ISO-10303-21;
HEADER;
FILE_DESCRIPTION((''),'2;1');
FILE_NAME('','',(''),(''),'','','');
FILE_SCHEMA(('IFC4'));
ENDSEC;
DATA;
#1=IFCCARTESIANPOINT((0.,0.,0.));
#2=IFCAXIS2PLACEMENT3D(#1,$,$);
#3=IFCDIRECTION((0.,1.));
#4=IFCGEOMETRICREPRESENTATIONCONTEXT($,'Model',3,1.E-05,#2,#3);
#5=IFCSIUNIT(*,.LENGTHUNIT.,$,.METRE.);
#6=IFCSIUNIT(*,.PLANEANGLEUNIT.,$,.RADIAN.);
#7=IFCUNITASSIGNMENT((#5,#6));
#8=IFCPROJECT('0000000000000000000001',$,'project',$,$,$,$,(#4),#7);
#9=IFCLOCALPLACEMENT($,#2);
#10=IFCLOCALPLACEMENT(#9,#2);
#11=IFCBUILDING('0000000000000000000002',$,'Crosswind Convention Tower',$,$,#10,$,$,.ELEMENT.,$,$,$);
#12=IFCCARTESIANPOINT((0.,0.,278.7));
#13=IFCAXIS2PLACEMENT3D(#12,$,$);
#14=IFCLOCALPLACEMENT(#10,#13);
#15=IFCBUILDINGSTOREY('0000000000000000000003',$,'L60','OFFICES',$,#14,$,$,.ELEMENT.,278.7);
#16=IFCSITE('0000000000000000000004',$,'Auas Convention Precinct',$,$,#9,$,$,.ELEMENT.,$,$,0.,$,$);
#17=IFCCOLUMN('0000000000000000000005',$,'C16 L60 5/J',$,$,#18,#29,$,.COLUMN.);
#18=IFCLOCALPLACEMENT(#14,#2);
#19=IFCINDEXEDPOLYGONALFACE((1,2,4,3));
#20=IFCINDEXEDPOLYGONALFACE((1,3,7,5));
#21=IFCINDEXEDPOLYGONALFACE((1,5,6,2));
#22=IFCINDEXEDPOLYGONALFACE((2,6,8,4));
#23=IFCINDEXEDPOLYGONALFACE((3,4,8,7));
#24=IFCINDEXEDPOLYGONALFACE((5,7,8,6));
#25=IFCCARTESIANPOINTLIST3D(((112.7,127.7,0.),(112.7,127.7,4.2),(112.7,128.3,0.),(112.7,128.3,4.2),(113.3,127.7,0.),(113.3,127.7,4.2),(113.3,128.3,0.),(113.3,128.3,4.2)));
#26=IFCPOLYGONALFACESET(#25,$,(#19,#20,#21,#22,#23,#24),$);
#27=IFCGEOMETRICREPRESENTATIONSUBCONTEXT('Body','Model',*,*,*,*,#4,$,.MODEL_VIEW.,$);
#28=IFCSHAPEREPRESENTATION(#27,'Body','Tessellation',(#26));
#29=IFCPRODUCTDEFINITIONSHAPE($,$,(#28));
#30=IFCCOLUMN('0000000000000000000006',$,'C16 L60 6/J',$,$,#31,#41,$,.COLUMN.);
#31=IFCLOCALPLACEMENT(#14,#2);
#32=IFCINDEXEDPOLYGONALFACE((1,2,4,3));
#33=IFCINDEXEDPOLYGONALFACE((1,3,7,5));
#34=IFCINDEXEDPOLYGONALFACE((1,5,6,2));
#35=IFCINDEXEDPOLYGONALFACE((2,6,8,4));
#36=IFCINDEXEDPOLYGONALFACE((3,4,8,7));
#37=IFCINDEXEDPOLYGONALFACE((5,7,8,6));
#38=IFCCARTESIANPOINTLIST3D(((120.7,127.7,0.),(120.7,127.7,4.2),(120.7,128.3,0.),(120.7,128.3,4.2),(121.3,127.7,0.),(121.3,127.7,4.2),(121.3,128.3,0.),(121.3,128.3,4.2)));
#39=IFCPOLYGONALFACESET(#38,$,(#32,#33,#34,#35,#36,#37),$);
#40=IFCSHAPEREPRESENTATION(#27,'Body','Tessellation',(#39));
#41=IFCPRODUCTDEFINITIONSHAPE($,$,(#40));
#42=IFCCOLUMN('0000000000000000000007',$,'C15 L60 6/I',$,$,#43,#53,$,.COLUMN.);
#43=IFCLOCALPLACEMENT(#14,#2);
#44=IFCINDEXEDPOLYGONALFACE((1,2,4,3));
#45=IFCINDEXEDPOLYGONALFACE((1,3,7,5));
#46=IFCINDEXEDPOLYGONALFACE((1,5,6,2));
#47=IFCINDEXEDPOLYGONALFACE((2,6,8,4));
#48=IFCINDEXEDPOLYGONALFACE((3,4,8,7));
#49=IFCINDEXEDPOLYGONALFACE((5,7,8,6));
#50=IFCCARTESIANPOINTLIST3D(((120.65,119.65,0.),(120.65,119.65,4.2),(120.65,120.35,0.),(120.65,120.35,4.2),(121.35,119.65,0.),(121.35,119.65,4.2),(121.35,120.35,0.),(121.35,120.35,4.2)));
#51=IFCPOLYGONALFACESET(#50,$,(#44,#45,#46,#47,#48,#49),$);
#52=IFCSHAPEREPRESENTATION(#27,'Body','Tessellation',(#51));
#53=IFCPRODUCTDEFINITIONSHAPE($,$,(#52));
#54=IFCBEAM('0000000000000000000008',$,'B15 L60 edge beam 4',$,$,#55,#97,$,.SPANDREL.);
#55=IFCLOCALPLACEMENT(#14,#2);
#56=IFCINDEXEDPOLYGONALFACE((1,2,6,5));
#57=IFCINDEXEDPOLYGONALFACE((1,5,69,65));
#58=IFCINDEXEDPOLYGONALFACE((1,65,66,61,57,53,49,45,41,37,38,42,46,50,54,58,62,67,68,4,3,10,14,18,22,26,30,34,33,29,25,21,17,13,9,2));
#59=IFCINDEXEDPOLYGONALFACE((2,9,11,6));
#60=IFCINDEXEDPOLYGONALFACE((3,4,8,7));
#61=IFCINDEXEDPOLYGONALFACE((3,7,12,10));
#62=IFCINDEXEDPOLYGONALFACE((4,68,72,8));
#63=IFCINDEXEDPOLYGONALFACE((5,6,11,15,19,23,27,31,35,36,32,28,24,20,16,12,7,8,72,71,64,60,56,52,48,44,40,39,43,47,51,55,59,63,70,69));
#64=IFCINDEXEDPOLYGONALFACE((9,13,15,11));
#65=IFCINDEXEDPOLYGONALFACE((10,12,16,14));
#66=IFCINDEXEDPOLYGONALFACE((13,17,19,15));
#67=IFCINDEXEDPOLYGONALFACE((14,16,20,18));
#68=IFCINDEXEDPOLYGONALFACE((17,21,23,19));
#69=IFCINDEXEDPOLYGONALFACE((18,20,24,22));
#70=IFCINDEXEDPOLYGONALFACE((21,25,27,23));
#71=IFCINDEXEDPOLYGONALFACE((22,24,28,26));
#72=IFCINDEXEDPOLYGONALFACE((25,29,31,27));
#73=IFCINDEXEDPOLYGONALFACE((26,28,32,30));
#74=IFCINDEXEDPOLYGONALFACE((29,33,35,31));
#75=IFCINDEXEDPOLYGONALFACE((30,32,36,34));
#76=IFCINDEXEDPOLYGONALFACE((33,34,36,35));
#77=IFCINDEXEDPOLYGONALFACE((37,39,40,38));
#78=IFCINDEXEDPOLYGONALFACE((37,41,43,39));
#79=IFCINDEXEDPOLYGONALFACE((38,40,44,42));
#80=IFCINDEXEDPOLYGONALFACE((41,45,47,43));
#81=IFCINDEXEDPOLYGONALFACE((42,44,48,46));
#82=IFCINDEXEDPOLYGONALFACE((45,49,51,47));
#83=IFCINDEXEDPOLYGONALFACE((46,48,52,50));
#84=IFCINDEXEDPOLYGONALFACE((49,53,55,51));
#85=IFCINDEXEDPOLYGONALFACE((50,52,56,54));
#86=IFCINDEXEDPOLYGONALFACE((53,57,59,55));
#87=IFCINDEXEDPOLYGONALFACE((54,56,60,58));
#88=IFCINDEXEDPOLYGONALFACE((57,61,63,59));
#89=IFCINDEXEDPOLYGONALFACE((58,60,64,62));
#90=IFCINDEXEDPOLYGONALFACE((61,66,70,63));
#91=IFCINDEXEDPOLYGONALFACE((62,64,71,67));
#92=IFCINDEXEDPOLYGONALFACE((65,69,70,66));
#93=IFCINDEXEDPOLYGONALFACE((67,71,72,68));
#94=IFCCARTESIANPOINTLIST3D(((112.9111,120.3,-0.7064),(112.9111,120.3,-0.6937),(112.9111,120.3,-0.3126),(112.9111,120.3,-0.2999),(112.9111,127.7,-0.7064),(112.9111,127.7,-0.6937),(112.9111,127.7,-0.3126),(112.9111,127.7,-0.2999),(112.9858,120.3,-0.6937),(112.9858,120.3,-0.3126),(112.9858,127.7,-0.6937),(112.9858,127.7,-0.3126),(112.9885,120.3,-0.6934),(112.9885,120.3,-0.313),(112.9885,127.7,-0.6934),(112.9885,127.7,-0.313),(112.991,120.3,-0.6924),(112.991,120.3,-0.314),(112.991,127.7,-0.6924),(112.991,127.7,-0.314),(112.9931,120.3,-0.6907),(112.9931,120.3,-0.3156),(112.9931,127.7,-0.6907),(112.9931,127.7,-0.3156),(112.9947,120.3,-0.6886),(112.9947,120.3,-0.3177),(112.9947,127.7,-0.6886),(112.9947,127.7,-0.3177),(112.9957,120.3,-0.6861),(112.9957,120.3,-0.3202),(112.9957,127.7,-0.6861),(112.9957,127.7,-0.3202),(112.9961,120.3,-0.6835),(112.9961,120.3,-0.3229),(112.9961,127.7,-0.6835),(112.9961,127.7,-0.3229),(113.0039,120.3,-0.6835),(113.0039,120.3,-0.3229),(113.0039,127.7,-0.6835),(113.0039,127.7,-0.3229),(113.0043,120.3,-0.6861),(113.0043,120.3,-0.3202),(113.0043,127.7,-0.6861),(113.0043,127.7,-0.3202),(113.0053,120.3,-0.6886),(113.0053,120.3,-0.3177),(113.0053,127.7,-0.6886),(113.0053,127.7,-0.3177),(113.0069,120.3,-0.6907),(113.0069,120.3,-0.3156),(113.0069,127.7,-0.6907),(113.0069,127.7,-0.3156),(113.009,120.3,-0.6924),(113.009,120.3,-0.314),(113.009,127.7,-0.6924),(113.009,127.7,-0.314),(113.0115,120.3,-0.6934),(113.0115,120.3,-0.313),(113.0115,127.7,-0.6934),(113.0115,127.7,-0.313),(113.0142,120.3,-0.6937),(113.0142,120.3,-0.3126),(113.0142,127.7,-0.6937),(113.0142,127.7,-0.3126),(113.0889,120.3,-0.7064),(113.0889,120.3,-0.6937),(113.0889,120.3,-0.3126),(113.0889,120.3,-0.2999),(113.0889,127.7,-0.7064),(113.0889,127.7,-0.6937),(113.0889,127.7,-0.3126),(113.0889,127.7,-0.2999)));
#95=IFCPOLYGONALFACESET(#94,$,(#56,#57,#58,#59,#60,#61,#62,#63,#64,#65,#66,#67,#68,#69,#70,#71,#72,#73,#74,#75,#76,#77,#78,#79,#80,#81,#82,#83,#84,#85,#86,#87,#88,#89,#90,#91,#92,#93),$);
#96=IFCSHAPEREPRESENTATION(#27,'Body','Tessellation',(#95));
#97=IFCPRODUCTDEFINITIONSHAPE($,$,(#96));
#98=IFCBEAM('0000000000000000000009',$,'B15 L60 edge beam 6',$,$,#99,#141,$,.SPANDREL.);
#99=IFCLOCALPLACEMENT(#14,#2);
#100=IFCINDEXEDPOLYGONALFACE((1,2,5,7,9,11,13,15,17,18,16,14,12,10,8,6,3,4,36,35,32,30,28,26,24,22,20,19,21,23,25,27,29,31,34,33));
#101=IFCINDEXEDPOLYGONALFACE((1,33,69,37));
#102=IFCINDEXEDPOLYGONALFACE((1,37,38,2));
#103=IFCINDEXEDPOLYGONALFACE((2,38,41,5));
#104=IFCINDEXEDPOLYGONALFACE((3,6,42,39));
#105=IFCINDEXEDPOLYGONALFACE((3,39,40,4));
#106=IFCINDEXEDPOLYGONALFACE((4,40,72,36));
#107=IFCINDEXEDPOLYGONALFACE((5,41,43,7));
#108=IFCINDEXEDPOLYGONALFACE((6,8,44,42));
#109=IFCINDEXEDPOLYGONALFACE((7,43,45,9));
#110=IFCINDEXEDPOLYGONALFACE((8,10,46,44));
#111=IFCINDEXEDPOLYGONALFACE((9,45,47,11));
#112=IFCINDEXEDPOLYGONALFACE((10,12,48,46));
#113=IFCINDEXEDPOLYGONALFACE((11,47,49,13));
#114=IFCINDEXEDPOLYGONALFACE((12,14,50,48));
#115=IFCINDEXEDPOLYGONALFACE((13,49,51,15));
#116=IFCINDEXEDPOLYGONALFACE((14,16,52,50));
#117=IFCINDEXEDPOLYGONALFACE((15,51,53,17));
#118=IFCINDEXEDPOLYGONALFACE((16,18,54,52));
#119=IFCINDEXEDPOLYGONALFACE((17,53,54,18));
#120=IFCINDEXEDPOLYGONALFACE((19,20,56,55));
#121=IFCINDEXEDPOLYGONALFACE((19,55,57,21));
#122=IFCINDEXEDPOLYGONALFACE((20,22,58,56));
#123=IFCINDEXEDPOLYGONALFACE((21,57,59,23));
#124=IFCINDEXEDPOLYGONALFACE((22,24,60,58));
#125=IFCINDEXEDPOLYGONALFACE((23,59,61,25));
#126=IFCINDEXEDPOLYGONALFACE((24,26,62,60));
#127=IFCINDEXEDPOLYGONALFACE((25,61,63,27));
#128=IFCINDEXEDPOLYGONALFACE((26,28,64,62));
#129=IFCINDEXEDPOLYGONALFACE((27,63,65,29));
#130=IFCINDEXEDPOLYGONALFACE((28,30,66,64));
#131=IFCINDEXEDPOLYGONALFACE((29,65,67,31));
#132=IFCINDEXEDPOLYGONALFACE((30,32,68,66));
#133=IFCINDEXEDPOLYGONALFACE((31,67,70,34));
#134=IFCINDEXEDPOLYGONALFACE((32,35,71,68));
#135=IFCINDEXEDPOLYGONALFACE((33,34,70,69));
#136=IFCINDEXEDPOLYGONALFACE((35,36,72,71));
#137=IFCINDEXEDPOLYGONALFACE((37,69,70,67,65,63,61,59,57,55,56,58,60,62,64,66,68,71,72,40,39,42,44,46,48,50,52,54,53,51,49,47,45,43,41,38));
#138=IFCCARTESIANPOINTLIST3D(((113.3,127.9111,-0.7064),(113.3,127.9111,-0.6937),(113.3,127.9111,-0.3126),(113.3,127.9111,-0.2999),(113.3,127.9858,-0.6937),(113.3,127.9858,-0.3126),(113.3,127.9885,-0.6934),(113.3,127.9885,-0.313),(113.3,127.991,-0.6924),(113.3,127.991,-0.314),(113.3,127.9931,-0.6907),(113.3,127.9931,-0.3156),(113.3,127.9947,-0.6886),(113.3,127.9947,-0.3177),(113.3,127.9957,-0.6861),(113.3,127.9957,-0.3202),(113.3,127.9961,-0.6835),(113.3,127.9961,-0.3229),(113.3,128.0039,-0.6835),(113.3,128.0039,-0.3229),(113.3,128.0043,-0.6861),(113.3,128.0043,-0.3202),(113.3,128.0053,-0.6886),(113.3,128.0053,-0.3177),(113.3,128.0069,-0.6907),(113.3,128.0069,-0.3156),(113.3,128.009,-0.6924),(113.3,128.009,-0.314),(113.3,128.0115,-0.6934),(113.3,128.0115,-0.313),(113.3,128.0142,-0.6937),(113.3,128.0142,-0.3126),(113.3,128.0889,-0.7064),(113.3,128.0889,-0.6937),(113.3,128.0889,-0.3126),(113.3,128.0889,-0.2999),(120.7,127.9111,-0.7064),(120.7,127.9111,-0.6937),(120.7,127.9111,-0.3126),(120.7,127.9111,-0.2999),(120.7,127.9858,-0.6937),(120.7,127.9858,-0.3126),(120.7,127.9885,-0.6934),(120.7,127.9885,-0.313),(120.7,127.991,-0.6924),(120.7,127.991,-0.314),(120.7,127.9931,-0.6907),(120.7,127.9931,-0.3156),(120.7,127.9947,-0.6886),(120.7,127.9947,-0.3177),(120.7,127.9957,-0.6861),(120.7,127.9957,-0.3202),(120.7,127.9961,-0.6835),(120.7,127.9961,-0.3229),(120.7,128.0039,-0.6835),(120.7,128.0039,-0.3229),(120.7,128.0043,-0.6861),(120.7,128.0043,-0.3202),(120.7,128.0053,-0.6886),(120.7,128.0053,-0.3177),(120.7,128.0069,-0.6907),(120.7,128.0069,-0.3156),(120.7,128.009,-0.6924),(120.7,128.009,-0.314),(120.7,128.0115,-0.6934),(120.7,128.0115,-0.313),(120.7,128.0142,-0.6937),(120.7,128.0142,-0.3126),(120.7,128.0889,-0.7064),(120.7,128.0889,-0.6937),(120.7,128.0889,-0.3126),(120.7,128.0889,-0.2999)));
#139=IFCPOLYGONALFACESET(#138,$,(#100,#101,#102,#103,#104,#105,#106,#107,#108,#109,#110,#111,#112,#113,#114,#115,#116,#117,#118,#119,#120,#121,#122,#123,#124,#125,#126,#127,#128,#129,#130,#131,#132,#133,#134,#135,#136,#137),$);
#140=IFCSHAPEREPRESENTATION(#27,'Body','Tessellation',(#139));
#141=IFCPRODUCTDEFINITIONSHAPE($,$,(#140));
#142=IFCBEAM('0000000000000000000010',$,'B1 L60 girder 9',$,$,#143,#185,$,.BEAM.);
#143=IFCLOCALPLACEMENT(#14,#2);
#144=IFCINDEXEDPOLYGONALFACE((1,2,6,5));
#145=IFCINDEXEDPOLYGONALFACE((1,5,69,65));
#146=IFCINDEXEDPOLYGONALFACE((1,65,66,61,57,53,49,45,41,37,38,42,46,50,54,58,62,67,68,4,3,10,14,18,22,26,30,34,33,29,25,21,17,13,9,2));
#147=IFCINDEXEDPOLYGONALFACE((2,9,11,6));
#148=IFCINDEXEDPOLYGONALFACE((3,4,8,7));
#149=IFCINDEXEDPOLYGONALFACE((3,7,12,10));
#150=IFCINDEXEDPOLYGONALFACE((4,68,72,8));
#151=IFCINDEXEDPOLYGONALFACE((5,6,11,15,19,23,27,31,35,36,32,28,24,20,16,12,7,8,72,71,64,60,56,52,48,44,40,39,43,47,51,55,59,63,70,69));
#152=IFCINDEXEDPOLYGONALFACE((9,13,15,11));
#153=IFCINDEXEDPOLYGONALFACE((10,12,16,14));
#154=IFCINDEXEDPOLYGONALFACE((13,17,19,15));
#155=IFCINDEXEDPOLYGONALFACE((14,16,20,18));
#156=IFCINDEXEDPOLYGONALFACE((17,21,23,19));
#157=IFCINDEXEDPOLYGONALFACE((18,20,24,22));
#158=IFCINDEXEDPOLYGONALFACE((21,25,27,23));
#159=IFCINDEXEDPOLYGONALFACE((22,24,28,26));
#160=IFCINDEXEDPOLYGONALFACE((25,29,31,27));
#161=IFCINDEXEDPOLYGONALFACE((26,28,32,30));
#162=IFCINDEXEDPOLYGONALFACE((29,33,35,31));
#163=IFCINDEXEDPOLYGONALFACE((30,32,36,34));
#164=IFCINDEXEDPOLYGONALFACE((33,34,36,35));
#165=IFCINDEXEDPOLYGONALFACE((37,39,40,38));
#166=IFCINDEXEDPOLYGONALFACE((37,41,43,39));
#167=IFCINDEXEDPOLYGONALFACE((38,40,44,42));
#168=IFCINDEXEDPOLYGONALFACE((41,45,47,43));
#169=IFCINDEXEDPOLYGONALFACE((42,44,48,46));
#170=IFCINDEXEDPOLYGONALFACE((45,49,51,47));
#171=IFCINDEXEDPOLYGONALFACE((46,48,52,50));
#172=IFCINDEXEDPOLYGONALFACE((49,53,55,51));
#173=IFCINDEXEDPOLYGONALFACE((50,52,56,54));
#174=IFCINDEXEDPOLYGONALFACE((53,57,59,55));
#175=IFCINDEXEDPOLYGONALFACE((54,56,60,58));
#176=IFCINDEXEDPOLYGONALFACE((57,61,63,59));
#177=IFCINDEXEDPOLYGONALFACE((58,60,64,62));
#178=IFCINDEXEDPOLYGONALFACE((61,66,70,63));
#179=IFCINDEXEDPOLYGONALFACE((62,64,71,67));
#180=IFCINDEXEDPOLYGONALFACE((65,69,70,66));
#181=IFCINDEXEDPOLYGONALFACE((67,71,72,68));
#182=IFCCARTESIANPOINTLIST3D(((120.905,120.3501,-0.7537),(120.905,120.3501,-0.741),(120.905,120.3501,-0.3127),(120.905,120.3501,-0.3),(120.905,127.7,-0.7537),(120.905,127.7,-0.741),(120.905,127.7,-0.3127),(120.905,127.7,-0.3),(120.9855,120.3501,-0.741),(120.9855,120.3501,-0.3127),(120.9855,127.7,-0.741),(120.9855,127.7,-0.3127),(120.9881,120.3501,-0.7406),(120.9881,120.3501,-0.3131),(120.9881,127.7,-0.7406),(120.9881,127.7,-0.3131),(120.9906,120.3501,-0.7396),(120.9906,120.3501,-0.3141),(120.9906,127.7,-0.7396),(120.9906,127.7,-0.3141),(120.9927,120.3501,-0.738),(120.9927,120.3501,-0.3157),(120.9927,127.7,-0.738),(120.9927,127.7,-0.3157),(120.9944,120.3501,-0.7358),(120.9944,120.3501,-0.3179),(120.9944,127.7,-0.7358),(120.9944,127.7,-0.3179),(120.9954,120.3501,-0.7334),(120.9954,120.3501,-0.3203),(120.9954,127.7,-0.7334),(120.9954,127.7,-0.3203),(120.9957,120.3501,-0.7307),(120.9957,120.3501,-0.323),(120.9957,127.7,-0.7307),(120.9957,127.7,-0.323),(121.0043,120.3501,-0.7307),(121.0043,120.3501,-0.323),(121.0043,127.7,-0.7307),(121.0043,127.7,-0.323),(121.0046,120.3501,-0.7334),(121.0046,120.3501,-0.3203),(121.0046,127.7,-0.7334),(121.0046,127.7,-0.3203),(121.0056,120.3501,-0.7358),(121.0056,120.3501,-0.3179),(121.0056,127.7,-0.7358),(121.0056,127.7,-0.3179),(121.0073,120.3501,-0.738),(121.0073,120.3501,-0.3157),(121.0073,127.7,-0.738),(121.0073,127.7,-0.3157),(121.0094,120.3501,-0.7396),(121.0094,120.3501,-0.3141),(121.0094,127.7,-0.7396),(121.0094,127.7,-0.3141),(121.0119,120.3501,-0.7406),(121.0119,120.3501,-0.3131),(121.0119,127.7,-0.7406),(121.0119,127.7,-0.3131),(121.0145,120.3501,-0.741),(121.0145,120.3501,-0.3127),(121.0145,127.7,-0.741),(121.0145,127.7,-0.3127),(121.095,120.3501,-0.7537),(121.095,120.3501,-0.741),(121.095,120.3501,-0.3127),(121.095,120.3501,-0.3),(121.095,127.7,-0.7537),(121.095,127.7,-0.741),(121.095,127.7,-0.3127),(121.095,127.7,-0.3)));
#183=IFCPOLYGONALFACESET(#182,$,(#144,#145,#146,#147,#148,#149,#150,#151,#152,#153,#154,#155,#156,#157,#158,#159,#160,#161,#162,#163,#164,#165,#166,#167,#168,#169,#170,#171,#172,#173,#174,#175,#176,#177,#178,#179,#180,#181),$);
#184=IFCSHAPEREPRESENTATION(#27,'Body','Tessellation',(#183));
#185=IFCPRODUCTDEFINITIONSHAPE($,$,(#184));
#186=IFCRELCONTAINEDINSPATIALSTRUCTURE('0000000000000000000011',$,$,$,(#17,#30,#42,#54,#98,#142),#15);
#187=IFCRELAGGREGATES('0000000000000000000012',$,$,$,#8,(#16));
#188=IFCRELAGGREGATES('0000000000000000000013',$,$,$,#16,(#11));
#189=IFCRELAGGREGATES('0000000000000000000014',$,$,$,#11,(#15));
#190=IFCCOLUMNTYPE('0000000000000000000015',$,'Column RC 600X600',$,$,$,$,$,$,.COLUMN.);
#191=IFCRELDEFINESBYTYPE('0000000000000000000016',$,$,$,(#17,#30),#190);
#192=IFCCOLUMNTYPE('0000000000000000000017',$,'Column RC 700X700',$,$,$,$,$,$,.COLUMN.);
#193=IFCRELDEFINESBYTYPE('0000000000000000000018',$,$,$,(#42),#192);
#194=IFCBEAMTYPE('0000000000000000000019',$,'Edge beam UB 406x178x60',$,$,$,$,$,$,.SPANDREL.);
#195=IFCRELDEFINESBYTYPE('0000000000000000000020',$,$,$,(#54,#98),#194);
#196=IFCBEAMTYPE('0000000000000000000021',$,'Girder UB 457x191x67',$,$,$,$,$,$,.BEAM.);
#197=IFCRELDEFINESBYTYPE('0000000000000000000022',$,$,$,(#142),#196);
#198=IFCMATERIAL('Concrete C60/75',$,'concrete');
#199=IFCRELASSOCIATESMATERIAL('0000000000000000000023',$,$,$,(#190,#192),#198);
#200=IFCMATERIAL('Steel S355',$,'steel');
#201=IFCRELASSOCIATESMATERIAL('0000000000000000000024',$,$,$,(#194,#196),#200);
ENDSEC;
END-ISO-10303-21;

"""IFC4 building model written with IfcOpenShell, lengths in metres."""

from ifc_helpers import new_model, si_unit, direction, frame, origin, origin_2d, place, context, subcontext, project, spatial, rectangle, i_section, extrude, material, material_profile, profile_set, type_object, element, save


model = new_model("IFC4")

# Units and contexts
model_context = context("Model", 3, precision=1e-05, world=origin(), true_north=direction((0.0, 1.0)))
body_context = subcontext(model_context, "Body", "Model", "MODEL_VIEW")
ifc_project = project(units=[si_unit("LENGTHUNIT", "METRE"), si_unit("PLANEANGLEUNIT", "RADIAN")], contexts=[model_context])

# Site, building, storey
site_placement = place(None, origin())
site = spatial("IfcSite", under=ifc_project, at=site_placement, Name="Auas Convention Precinct", CompositionType="ELEMENT", RefElevation=0.0)
building_placement = place(site_placement, origin())
building = spatial("IfcBuilding", under=site, at=building_placement, Name="Crosswind Convention Tower", CompositionType="ELEMENT")
storey_placement = place(building_placement, frame((0.0, 0.0, 278.7)))
storey = spatial("IfcBuildingStorey", under=building, at=storey_placement, Name="L60", Description="OFFICES", CompositionType="ELEMENT", Elevation=278.7)

# Columns
ifc_material_1 = material(Name="Concrete C60/75", Category="concrete")
ifc_material_profile_1 = material_profile(ifc_material_1, rectangle(XDim=0.6001, YDim=0.6001, at=origin_2d()), Name="RC 600X600")
ifc_profile_set_1 = profile_set([ifc_material_profile_1], Name="Concrete C60/75")
column_type_1 = type_object("IfcColumnType", Name="Column RC 600X600", PredefinedType="COLUMN", material=ifc_profile_set_1)
for number, where, z_axis, x_axis, name in (
    (1, (113.0, 128.0, 0.0), (0.0, 0.0, 1.0), (1.0, 0.0, 0.0), "C16 L60 5/J"),
    (2, (121.0, 128.0, 0.0), (0.0, 0.0, 1.0), (1.0, 0.0, 0.0), "C16 L60 6/J"),
):
    element("IfcColumn", number, at=place(storey_placement, frame(where, z_axis=z_axis, x_axis=x_axis)), inside=storey, type_object=column_type_1, Name=name, PredefinedType="COLUMN", context=body_context, shape_type="SweptSolid", body=[
        extrude(rectangle(XDim=0.6001, YDim=0.6001, at=origin_2d()), origin(), (0.0, 0.0, 1.0), 4.2),
    ])
ifc_material_profile_2 = material_profile(ifc_material_1, rectangle(XDim=0.7, YDim=0.7, at=origin_2d()), Name="RC 700X700")
ifc_profile_set_2 = profile_set([ifc_material_profile_2], Name="Concrete C60/75")
column_type_2 = type_object("IfcColumnType", Name="Column RC 700X700", PredefinedType="COLUMN", material=ifc_profile_set_2)
column_placement = place(storey_placement, frame((121.0, 120.0, 0.0), z_axis=(0.0, 0.0, 1.0), x_axis=(1.0, 0.0, 0.0)))
element("IfcColumn", 3, at=column_placement, inside=storey, type_object=column_type_2, Name="C15 L60 6/I", PredefinedType="COLUMN", context=body_context, shape_type="SweptSolid", body=[
    extrude(rectangle(XDim=0.7, YDim=0.7, at=origin_2d()), origin(), (0.0, 0.0, 1.0), 4.2),
])

# Beams
ifc_material_2 = material(Name="Steel S355", Category="steel")
ifc_material_profile_3 = material_profile(ifc_material_2, i_section(OverallWidth=0.1777, OverallDepth=0.4065, WebThickness=0.0078, FlangeThickness=0.0127, FilletRadius=0.0103, at=origin_2d()), Name="UB 406x178x60")
ifc_profile_set_3 = profile_set([ifc_material_profile_3], Name="Steel S355")
beam_type_1 = type_object("IfcBeamType", Name="Edge beam UB 406x178x60", PredefinedType="SPANDREL", material=ifc_profile_set_3)
for number, where, z_axis, x_axis, name in (
    (4, (113.0, 120.3, -0.5032), (0.0, 1.0, 0.0), (-1.0, 0.0, 0.0), "B15 L60 edge beam 4"),
    (5, (113.3, 128.0, -0.5032), (1.0, 0.0, 0.0), (0.0, 1.0, 0.0), "B15 L60 edge beam 6"),
):
    element("IfcBeam", number, at=place(storey_placement, frame(where, z_axis=z_axis, x_axis=x_axis)), inside=storey, type_object=beam_type_1, Name=name, PredefinedType="SPANDREL", context=body_context, shape_type="SweptSolid", body=[
        extrude(i_section(OverallWidth=0.1777, OverallDepth=0.4065, WebThickness=0.0078, FlangeThickness=0.0127, FilletRadius=0.0103, at=origin_2d()), origin(), (0.0, 0.0, 1.0), 7.3999),
    ])
ifc_material_profile_4 = material_profile(ifc_material_2, i_section(OverallWidth=0.1899, OverallDepth=0.4536, WebThickness=0.0085, FlangeThickness=0.0127, FilletRadius=0.0103, at=origin_2d()), Name="UB 457x191x67")
ifc_profile_set_4 = profile_set([ifc_material_profile_4], Name="Steel S355")
beam_type_2 = type_object("IfcBeamType", Name="Girder UB 457x191x67", PredefinedType="BEAM", material=ifc_profile_set_4)
beam_1_placement = place(storey_placement, frame((121.0, 120.3501, -0.5269), z_axis=(0.0, 1.0, 0.0), x_axis=(-1.0, 0.0, 0.0)))
element("IfcBeam", 6, at=beam_1_placement, inside=storey, type_object=beam_type_2, Name="B1 L60 girder 9", PredefinedType="BEAM", context=body_context, shape_type="SweptSolid", body=[
    extrude(i_section(OverallWidth=0.1899, OverallDepth=0.4536, WebThickness=0.0085, FlangeThickness=0.0127, FilletRadius=0.0103, at=origin_2d()), origin(), (0.0, 0.0, 1.0), 7.3499),
])

save(model, "model.ifc")
